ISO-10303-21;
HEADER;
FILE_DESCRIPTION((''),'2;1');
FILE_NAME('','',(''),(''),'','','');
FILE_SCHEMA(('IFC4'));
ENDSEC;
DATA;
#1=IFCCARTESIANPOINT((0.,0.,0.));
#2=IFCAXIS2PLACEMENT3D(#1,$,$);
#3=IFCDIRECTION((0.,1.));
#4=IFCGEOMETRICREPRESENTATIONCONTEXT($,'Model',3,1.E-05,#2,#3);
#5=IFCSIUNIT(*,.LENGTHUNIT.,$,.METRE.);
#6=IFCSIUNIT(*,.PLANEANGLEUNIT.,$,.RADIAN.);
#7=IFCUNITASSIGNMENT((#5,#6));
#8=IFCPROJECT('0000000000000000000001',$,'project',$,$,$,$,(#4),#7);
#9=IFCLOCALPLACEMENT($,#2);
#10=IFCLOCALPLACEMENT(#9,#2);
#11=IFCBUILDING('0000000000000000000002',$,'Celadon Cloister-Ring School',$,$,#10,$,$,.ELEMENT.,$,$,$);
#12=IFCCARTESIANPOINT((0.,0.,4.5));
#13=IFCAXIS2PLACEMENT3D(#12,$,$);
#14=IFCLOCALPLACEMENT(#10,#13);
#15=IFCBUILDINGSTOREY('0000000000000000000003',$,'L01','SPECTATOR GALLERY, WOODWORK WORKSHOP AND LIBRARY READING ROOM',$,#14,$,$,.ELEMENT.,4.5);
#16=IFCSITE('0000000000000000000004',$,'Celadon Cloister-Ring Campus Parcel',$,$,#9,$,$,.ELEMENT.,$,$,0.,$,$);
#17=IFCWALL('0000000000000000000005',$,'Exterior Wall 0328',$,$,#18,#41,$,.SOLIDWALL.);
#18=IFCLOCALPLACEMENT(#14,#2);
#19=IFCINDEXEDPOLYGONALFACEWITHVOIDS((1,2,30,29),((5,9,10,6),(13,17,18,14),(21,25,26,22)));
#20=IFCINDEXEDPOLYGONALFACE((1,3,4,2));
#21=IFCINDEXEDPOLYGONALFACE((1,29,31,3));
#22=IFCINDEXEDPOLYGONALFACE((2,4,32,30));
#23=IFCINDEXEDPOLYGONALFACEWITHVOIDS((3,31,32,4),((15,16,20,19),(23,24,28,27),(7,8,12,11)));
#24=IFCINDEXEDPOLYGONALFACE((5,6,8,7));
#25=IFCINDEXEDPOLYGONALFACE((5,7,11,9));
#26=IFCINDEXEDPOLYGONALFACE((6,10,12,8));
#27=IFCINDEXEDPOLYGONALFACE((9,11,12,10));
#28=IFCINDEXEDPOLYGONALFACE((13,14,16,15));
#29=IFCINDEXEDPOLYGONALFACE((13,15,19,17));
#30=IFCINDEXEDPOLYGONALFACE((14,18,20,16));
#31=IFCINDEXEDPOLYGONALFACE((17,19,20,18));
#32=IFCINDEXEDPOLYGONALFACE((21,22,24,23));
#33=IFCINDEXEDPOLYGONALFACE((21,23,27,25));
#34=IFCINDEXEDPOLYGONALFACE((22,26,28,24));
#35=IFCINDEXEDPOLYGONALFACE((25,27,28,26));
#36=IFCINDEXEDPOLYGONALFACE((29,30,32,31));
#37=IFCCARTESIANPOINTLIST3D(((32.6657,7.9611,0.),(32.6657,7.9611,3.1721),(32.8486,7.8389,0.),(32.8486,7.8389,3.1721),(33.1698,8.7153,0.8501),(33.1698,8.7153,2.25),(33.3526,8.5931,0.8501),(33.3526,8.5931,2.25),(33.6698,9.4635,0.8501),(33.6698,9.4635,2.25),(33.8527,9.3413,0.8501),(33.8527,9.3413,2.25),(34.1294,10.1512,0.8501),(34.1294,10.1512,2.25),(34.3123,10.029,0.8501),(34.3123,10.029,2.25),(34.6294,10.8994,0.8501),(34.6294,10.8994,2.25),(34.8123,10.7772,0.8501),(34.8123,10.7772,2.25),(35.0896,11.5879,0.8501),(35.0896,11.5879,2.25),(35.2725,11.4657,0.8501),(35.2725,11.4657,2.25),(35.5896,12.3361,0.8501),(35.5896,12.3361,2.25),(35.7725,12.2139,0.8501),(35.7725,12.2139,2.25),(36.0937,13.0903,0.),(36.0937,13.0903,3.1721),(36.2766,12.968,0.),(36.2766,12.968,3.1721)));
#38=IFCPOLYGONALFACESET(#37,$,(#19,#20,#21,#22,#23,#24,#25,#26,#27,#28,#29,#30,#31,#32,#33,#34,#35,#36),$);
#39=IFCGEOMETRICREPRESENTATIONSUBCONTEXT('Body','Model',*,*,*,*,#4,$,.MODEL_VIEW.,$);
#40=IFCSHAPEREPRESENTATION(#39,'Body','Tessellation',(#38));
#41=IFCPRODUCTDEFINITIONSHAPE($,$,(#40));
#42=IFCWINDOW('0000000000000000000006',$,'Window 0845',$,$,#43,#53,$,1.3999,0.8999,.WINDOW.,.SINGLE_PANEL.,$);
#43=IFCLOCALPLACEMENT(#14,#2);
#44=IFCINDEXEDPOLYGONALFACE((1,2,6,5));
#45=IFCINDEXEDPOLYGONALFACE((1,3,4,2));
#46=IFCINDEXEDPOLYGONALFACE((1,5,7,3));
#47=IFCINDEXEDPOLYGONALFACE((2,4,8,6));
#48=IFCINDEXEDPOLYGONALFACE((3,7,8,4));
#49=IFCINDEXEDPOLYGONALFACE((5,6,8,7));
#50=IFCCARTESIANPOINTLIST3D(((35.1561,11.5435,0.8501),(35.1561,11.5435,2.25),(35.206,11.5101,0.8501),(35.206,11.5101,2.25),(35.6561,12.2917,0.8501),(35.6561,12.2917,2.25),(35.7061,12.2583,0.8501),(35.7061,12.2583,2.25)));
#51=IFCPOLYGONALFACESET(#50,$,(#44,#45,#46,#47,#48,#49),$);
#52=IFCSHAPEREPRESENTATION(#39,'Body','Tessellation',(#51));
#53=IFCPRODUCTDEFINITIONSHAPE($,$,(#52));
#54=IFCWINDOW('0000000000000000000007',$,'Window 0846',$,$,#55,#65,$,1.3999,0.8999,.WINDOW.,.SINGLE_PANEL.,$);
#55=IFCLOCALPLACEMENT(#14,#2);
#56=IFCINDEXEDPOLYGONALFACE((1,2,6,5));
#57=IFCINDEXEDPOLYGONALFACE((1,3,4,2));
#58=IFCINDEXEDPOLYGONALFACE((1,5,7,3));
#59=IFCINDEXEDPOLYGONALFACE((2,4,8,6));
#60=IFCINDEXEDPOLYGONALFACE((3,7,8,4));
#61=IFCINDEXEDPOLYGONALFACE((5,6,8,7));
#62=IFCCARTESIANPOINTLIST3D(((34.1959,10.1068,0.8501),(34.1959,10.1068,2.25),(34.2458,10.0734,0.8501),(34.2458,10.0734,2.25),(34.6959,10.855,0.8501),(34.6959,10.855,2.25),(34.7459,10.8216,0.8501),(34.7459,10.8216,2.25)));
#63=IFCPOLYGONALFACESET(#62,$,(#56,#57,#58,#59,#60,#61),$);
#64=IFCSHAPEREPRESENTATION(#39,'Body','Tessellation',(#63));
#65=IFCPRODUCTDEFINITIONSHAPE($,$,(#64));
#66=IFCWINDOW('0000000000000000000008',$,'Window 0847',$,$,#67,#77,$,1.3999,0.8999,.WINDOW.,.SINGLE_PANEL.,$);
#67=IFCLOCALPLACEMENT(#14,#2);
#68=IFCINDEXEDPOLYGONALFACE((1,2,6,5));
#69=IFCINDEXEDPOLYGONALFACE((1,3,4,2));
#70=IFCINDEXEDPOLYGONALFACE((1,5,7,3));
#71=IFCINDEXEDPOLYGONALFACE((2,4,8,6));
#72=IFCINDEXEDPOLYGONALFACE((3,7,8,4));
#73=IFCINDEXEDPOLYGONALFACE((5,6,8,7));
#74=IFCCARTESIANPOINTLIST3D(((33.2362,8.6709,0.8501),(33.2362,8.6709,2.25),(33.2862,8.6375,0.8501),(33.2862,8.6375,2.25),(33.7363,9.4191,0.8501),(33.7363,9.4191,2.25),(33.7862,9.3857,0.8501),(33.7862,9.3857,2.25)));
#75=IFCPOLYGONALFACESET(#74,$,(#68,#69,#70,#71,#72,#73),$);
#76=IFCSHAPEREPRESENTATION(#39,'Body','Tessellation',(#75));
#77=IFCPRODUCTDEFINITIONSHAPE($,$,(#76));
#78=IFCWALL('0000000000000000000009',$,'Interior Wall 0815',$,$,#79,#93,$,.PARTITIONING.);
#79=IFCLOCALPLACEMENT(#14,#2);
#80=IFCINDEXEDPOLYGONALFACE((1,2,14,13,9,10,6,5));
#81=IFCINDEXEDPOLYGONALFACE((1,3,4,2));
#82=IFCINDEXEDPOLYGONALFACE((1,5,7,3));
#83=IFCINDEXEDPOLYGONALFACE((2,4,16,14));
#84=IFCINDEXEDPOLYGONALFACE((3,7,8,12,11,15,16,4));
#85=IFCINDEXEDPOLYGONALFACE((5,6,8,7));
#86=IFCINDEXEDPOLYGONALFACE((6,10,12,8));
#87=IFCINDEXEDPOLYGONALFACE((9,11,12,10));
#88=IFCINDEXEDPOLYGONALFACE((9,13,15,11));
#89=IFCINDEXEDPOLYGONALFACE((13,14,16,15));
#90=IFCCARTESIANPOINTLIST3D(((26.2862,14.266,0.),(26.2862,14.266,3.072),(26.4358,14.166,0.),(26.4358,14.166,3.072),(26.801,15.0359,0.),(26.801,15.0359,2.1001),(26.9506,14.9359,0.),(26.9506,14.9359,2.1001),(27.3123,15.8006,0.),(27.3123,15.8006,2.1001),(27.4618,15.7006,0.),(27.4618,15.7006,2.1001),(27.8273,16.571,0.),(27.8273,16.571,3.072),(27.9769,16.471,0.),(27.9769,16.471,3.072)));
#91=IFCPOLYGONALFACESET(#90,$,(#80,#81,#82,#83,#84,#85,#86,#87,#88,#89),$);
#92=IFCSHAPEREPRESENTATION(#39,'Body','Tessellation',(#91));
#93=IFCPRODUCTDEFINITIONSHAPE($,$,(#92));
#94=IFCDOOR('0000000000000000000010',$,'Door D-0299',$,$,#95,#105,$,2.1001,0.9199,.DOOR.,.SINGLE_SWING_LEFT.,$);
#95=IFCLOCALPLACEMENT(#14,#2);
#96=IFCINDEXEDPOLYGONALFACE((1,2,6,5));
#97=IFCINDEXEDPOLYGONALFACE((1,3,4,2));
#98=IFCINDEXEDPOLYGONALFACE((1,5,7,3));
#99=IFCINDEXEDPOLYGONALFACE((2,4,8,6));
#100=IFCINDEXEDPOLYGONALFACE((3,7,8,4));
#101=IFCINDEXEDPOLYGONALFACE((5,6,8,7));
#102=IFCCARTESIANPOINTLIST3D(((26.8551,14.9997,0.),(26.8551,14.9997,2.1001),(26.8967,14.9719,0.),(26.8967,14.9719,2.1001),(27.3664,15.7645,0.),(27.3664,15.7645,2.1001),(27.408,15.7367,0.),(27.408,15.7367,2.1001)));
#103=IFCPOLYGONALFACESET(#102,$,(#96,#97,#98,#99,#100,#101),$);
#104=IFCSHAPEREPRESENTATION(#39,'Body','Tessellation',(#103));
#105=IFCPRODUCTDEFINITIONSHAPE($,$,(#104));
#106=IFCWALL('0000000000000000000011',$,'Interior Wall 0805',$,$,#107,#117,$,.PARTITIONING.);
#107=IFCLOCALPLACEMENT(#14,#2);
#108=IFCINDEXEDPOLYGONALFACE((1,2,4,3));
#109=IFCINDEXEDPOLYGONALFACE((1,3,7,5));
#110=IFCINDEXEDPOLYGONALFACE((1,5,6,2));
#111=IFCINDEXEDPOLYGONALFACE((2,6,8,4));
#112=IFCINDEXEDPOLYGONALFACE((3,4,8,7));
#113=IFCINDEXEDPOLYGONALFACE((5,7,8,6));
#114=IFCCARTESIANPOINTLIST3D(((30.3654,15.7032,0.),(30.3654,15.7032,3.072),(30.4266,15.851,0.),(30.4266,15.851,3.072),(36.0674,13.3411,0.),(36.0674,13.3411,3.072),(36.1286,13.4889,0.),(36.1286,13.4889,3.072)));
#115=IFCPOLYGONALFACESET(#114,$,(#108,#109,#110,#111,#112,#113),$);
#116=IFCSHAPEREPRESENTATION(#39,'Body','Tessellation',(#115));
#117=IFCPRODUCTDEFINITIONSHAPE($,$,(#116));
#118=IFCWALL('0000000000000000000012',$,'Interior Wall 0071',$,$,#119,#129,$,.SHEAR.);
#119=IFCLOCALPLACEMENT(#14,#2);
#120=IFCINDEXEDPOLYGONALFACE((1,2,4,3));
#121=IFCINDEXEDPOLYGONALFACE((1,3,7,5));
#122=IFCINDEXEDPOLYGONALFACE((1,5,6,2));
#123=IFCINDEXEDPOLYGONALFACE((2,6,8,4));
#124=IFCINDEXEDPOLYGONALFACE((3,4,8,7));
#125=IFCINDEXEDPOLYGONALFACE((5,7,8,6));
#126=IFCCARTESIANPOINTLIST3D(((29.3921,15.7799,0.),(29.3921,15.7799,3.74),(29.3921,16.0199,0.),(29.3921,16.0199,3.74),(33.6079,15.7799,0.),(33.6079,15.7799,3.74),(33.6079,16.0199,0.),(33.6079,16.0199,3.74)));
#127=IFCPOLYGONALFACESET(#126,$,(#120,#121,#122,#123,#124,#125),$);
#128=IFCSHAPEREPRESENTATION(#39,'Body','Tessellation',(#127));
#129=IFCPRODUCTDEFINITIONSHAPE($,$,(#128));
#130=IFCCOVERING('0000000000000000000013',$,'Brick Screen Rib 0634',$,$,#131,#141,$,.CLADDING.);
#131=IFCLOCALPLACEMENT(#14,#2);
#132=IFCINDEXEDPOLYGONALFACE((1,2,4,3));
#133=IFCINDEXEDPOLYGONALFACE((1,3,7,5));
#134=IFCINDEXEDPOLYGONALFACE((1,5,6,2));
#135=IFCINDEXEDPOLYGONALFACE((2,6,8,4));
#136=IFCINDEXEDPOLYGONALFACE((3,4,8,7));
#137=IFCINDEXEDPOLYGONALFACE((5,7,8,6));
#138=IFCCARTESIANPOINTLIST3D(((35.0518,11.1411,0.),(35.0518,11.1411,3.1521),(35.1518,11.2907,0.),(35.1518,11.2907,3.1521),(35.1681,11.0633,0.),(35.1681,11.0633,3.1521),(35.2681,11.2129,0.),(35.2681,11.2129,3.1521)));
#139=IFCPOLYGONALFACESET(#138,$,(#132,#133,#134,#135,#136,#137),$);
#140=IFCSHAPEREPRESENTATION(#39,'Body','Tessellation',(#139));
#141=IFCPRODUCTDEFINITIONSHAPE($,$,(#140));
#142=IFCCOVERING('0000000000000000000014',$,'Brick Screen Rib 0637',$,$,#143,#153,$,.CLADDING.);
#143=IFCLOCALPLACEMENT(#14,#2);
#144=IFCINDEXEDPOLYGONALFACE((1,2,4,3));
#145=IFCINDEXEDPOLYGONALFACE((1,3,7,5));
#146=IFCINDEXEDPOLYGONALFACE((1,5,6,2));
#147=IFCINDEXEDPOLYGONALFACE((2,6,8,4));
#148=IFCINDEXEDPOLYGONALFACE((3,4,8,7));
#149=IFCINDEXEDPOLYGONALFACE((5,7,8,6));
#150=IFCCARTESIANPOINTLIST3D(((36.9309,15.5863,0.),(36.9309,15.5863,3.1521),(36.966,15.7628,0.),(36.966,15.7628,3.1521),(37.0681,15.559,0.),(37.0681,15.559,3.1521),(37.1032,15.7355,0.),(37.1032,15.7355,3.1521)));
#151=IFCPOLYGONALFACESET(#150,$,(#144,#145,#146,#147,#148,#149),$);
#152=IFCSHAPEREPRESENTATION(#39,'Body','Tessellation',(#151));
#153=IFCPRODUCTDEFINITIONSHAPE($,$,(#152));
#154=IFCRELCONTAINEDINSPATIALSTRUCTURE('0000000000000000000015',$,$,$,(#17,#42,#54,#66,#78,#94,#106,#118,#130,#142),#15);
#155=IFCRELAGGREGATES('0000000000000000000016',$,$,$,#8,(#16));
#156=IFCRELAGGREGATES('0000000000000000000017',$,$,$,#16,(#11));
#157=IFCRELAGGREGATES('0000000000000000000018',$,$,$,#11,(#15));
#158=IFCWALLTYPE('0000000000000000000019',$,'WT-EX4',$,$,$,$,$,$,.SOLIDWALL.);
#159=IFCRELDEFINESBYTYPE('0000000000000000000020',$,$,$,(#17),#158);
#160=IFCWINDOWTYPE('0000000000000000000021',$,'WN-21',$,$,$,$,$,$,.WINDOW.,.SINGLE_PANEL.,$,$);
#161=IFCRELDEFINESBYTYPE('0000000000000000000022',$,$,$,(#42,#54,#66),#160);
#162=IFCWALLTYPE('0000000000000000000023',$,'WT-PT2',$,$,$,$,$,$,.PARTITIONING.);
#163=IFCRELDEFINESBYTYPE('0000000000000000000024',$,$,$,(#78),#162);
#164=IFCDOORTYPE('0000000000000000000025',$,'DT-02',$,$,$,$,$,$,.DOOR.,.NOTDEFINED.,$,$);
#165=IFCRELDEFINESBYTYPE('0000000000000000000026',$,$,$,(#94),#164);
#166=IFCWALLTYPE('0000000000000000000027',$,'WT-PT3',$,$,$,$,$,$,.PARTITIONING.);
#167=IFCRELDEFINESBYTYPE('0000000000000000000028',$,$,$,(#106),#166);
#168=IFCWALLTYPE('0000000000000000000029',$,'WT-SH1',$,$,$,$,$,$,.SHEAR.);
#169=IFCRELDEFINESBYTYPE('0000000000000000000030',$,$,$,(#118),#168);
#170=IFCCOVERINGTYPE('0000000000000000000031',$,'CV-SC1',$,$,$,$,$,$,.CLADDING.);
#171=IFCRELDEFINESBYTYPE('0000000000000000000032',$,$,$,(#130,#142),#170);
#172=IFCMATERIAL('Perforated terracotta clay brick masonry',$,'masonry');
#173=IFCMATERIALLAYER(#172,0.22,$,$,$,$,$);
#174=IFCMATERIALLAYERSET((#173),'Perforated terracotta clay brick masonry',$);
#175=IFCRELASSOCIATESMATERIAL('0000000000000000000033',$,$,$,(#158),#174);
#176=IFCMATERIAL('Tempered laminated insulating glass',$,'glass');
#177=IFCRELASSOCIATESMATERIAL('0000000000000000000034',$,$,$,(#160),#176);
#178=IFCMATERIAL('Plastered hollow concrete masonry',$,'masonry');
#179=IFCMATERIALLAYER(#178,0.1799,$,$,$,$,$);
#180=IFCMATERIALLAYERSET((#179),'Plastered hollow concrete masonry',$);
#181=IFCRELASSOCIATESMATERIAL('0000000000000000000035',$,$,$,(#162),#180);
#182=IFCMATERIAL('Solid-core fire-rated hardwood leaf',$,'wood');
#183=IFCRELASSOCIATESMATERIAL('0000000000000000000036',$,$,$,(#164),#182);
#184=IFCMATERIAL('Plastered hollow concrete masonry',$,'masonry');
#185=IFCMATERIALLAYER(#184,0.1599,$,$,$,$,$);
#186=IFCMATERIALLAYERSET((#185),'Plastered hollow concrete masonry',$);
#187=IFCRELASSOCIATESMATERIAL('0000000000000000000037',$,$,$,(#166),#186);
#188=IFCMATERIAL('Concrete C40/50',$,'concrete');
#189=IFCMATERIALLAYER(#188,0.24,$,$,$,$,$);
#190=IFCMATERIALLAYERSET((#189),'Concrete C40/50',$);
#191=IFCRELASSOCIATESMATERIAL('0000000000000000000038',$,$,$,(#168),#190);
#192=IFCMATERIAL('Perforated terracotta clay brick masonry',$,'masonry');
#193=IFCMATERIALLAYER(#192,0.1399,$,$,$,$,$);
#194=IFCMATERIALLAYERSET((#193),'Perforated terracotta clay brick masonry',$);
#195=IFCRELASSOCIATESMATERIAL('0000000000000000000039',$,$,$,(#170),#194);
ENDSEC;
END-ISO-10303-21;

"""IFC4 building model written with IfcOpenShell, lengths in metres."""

from ifc_helpers import new_model, si_unit, direction, frame, frame_2d, origin, origin_2d, place, context, subcontext, project, spatial, rectangle, extrude, material, layer, layer_set, type_object, element, fill, save


model = new_model("IFC4")

# Units and contexts
model_context = context("Model", 3, precision=1e-05, world=origin(), true_north=direction((0.0, 1.0)))
body_context = subcontext(model_context, "Body", "Model", "MODEL_VIEW")
ifc_project = project(units=[si_unit("LENGTHUNIT", "METRE"), si_unit("PLANEANGLEUNIT", "RADIAN")], contexts=[model_context])

# Site, building, storey
site_placement = place(None, origin())
site = spatial("IfcSite", under=ifc_project, at=site_placement, Name="Celadon Cloister-Ring Campus Parcel", CompositionType="ELEMENT", RefElevation=0.0)
building_placement = place(site_placement, origin())
building = spatial("IfcBuilding", under=site, at=building_placement, Name="Celadon Cloister-Ring School", CompositionType="ELEMENT")
storey_placement = place(building_placement, frame((0.0, 0.0, 4.5)))
storey = spatial("IfcBuildingStorey", under=building, at=storey_placement, Name="L01", Description="SPECTATOR GALLERY, WOODWORK WORKSHOP AND LIBRARY READING ROOM", CompositionType="ELEMENT", Elevation=4.5)

# Wall, openings, windows
ifc_material_1 = material(Name="Perforated terracotta clay brick masonry", Category="masonry")
ifc_layer_1 = layer(ifc_material_1, 0.22)
ifc_layer_set_1 = layer_set([ifc_layer_1], Name="Perforated terracotta clay brick masonry")
wall_type_1 = type_object("IfcWallType", Name="WT-EX4", PredefinedType="SOLIDWALL", material=ifc_layer_set_1)
wall_1_placement = place(storey_placement, frame((36.1851, 13.0291, 0.0), z_axis=(0.0, 0.0, 1.0), x_axis=(-0.555659, -0.83141, 0.0)))
wall_1 = element("IfcWall", 1, at=wall_1_placement, inside=storey, type_object=wall_type_1, Name="Exterior Wall 0328", PredefinedType="SOLIDWALL", context=body_context, shape_type="SweptSolid", body=[
    extrude(rectangle(XDim=6.1692, YDim=0.22, at=frame_2d((3.0845, 0.0))), origin(), (0.0, 0.0, 1.0), 3.1721),
])
opening_1_placement = place(wall_1_placement, frame((0.907, 0.0, 0.8501)))
opening_1 = element("IfcOpeningElement", 2, at=opening_1_placement, cuts=wall_1, PredefinedType="OPENING", context=body_context, shape_type="SweptSolid", body=[
    extrude(rectangle(XDim=0.8999, YDim=1.3999, at=frame_2d((0.45, 0.7))), frame((0.0, 0.1201, 0.0), z_axis=(0.0, -1.0, 0.0), x_axis=(1.0, 0.0, 0.0)), (0.0, 0.0, 1.0), 0.24),
])
opening_2_placement = place(wall_1_placement, frame((2.635, 0.0, 0.8501)))
opening_2 = element("IfcOpeningElement", 3, at=opening_2_placement, cuts=wall_1, PredefinedType="OPENING", context=body_context, shape_type="SweptSolid", body=[
    extrude(rectangle(XDim=0.8999, YDim=1.3999, at=frame_2d((0.45, 0.7))), frame((0.0, 0.1201, 0.0), z_axis=(0.0, -1.0, 0.0), x_axis=(1.0, 0.0, 0.0)), (0.0, 0.0, 1.0), 0.24),
])
opening_3_placement = place(wall_1_placement, frame((4.3621, 0.0, 0.8501)))
opening_3 = element("IfcOpeningElement", 4, at=opening_3_placement, cuts=wall_1, PredefinedType="OPENING", context=body_context, shape_type="SweptSolid", body=[
    extrude(rectangle(XDim=0.8999, YDim=1.3999, at=frame_2d((0.45, 0.7))), frame((0.0, 0.1201, 0.0), z_axis=(0.0, -1.0, 0.0), x_axis=(1.0, 0.0, 0.0)), (0.0, 0.0, 1.0), 0.24),
])
ifc_material_2 = material(Name="Tempered laminated insulating glass", Category="glass")
window_type = type_object("IfcWindowType", Name="WN-21", PartitioningType="SINGLE_PANEL", PredefinedType="WINDOW", material=ifc_material_2)
window_1_placement = place(opening_1_placement, origin())
window_1 = element("IfcWindow", 5, at=window_1_placement, inside=storey, type_object=window_type, Name="Window 0845", OverallHeight=1.3999, OverallWidth=0.8999, PartitioningType="SINGLE_PANEL", PredefinedType="WINDOW", context=body_context, shape_type="SweptSolid", body=[
    extrude(rectangle(XDim=0.8999, YDim=1.3999, at=frame_2d((0.45, 0.7))), frame((0.0, 0.03, 0.0), z_axis=(0.0, -1.0, 0.0), x_axis=(1.0, 0.0, 0.0)), (0.0, 0.0, 1.0), 0.0601),
])
fill(opening_1, window_1)
window_2_placement = place(opening_2_placement, origin())
window_2 = element("IfcWindow", 6, at=window_2_placement, inside=storey, type_object=window_type, Name="Window 0846", OverallHeight=1.3999, OverallWidth=0.8999, PartitioningType="SINGLE_PANEL", PredefinedType="WINDOW", context=body_context, shape_type="SweptSolid", body=[
    extrude(rectangle(XDim=0.8999, YDim=1.3999, at=frame_2d((0.45, 0.7))), frame((0.0, 0.03, 0.0), z_axis=(0.0, -1.0, 0.0), x_axis=(1.0, 0.0, 0.0)), (0.0, 0.0, 1.0), 0.0601),
])
fill(opening_2, window_2)
window_3_placement = place(opening_3_placement, origin())
window_3 = element("IfcWindow", 7, at=window_3_placement, inside=storey, type_object=window_type, Name="Window 0847", OverallHeight=1.3999, OverallWidth=0.8999, PartitioningType="SINGLE_PANEL", PredefinedType="WINDOW", context=body_context, shape_type="SweptSolid", body=[
    extrude(rectangle(XDim=0.8999, YDim=1.3999, at=frame_2d((0.45, 0.7))), frame((0.0, 0.03, 0.0), z_axis=(0.0, -1.0, 0.0), x_axis=(1.0, 0.0, 0.0)), (0.0, 0.0, 1.0), 0.0601),
])
fill(opening_3, window_3)

# Wall, opening, door
ifc_material_3 = material(Name="Plastered hollow concrete masonry", Category="masonry")
ifc_layer_2 = layer(ifc_material_3, 0.1799)
ifc_layer_set_2 = layer_set([ifc_layer_2], Name="Plastered hollow concrete masonry")
wall_type_2 = type_object("IfcWallType", Name="WT-PT2", PredefinedType="PARTITIONING", material=ifc_layer_set_2)
wall_2_placement = place(storey_placement, frame((26.3611, 14.2161, 0.0), z_axis=(0.0, 0.0, 1.0), x_axis=(0.555797, 0.831318, 0.0)))
wall_2 = element("IfcWall", 8, at=wall_2_placement, inside=storey, type_object=wall_type_2, Name="Interior Wall 0815", PredefinedType="PARTITIONING", context=body_context, shape_type="SweptSolid", body=[
    extrude(rectangle(XDim=2.7727, YDim=0.1799, at=frame_2d((1.3862, 0.0))), origin(), (0.0, 0.0, 1.0), 3.072),
])
opening_4_placement = place(wall_2_placement, frame((0.926, 0.0, 0.0)))
opening_4 = element("IfcOpeningElement", 9, at=opening_4_placement, cuts=wall_2, PredefinedType="OPENING", context=body_context, shape_type="SweptSolid", body=[
    extrude(rectangle(XDim=0.9199, YDim=2.1001, at=frame_2d((0.46, 1.05))), frame((0.0, 0.1001, 0.0), z_axis=(0.0, -1.0, 0.0), x_axis=(1.0, 0.0, 0.0)), (0.0, 0.0, 1.0), 0.2),
])
ifc_material_4 = material(Name="Solid-core fire-rated hardwood leaf", Category="wood")
door_type = type_object("IfcDoorType", Name="DT-02", OperationType="NOTDEFINED", PredefinedType="DOOR", material=ifc_material_4)
door_placement = place(opening_4_placement, origin())
door = element("IfcDoor", 10, at=door_placement, inside=storey, type_object=door_type, Name="Door D-0299", OperationType="SINGLE_SWING_LEFT", OverallHeight=2.1001, OverallWidth=0.9199, PredefinedType="DOOR", context=body_context, shape_type="SweptSolid", body=[
    extrude(rectangle(XDim=0.9199, YDim=2.1001, at=frame_2d((0.46, 1.05))), frame((0.0, 0.0249, 0.0), z_axis=(0.0, -1.0, 0.0), x_axis=(1.0, 0.0, 0.0)), (0.0, 0.0, 1.0), 0.05),
])
fill(opening_4, door)

# Walls
ifc_material_5 = material(Name="Plastered hollow concrete masonry", Category="masonry")
ifc_layer_3 = layer(ifc_material_5, 0.1599)
ifc_layer_set_3 = layer_set([ifc_layer_3], Name="Plastered hollow concrete masonry")
wall_type_3 = type_object("IfcWallType", Name="WT-PT3", PredefinedType="PARTITIONING", material=ifc_layer_set_3)
wall_3_placement = place(storey_placement, frame((30.396, 15.7771, 0.0), z_axis=(0.0, 0.0, 1.0), x_axis=(0.923865, -0.382719, 0.0)))
element("IfcWall", 11, at=wall_3_placement, inside=storey, type_object=wall_type_3, Name="Interior Wall 0805", PredefinedType="PARTITIONING", context=body_context, shape_type="SweptSolid", body=[
    extrude(rectangle(XDim=6.1719, YDim=0.1599, at=frame_2d((3.0859, 0.0))), origin(), (0.0, 0.0, 1.0), 3.072),
])
ifc_material_6 = material(Name="Concrete C40/50", Category="concrete")
ifc_layer_4 = layer(ifc_material_6, 0.24)
ifc_layer_set_4 = layer_set([ifc_layer_4], Name="Concrete C40/50")
wall_type_4 = type_object("IfcWallType", Name="WT-SH1", PredefinedType="SHEAR", material=ifc_layer_set_4)
wall_4_placement = place(storey_placement, frame((33.6079, 15.8999, 0.0), z_axis=(0.0, 0.0, 1.0), x_axis=(-1.0, 0.0, 0.0)))
element("IfcWall", 12, at=wall_4_placement, inside=storey, type_object=wall_type_4, Name="Interior Wall 0071", PredefinedType="SHEAR", context=body_context, shape_type="SweptSolid", body=[
    extrude(rectangle(XDim=4.2158, YDim=0.24, at=frame_2d((2.1079, 0.0))), origin(), (0.0, 0.0, 1.0), 3.74),
])

# Coverings
ifc_material_7 = material(Name="Perforated terracotta clay brick masonry", Category="masonry")
ifc_layer_5 = layer(ifc_material_7, 0.1399)
ifc_layer_set_5 = layer_set([ifc_layer_5], Name="Perforated terracotta clay brick masonry")
covering_type = type_object("IfcCoveringType", Name="CV-SC1", PredefinedType="CLADDING", material=ifc_layer_set_5)
for number, where, z_axis, x_axis, name in (
    (13, (35.1599, 11.177, 0.0), (0.0, 0.0, 1.0), (-0.555672, -0.831402, 0.0), "Brick Screen Rib 0634"),
    (14, (37.0171, 15.6609, 0.0), (0.0, 0.0, 1.0), (-0.195142, -0.980775, 0.0), "Brick Screen Rib 0637"),
):
    element("IfcCovering", number, at=place(storey_placement, frame(where, z_axis=z_axis, x_axis=x_axis)), inside=storey, type_object=covering_type, Name=name, PredefinedType="CLADDING", context=body_context, shape_type="SweptSolid", body=[
        extrude(rectangle(XDim=0.1799, YDim=0.1399, at=origin_2d()), origin(), (0.0, 0.0, 1.0), 3.1521),
    ])

save(model, "model.ifc")
